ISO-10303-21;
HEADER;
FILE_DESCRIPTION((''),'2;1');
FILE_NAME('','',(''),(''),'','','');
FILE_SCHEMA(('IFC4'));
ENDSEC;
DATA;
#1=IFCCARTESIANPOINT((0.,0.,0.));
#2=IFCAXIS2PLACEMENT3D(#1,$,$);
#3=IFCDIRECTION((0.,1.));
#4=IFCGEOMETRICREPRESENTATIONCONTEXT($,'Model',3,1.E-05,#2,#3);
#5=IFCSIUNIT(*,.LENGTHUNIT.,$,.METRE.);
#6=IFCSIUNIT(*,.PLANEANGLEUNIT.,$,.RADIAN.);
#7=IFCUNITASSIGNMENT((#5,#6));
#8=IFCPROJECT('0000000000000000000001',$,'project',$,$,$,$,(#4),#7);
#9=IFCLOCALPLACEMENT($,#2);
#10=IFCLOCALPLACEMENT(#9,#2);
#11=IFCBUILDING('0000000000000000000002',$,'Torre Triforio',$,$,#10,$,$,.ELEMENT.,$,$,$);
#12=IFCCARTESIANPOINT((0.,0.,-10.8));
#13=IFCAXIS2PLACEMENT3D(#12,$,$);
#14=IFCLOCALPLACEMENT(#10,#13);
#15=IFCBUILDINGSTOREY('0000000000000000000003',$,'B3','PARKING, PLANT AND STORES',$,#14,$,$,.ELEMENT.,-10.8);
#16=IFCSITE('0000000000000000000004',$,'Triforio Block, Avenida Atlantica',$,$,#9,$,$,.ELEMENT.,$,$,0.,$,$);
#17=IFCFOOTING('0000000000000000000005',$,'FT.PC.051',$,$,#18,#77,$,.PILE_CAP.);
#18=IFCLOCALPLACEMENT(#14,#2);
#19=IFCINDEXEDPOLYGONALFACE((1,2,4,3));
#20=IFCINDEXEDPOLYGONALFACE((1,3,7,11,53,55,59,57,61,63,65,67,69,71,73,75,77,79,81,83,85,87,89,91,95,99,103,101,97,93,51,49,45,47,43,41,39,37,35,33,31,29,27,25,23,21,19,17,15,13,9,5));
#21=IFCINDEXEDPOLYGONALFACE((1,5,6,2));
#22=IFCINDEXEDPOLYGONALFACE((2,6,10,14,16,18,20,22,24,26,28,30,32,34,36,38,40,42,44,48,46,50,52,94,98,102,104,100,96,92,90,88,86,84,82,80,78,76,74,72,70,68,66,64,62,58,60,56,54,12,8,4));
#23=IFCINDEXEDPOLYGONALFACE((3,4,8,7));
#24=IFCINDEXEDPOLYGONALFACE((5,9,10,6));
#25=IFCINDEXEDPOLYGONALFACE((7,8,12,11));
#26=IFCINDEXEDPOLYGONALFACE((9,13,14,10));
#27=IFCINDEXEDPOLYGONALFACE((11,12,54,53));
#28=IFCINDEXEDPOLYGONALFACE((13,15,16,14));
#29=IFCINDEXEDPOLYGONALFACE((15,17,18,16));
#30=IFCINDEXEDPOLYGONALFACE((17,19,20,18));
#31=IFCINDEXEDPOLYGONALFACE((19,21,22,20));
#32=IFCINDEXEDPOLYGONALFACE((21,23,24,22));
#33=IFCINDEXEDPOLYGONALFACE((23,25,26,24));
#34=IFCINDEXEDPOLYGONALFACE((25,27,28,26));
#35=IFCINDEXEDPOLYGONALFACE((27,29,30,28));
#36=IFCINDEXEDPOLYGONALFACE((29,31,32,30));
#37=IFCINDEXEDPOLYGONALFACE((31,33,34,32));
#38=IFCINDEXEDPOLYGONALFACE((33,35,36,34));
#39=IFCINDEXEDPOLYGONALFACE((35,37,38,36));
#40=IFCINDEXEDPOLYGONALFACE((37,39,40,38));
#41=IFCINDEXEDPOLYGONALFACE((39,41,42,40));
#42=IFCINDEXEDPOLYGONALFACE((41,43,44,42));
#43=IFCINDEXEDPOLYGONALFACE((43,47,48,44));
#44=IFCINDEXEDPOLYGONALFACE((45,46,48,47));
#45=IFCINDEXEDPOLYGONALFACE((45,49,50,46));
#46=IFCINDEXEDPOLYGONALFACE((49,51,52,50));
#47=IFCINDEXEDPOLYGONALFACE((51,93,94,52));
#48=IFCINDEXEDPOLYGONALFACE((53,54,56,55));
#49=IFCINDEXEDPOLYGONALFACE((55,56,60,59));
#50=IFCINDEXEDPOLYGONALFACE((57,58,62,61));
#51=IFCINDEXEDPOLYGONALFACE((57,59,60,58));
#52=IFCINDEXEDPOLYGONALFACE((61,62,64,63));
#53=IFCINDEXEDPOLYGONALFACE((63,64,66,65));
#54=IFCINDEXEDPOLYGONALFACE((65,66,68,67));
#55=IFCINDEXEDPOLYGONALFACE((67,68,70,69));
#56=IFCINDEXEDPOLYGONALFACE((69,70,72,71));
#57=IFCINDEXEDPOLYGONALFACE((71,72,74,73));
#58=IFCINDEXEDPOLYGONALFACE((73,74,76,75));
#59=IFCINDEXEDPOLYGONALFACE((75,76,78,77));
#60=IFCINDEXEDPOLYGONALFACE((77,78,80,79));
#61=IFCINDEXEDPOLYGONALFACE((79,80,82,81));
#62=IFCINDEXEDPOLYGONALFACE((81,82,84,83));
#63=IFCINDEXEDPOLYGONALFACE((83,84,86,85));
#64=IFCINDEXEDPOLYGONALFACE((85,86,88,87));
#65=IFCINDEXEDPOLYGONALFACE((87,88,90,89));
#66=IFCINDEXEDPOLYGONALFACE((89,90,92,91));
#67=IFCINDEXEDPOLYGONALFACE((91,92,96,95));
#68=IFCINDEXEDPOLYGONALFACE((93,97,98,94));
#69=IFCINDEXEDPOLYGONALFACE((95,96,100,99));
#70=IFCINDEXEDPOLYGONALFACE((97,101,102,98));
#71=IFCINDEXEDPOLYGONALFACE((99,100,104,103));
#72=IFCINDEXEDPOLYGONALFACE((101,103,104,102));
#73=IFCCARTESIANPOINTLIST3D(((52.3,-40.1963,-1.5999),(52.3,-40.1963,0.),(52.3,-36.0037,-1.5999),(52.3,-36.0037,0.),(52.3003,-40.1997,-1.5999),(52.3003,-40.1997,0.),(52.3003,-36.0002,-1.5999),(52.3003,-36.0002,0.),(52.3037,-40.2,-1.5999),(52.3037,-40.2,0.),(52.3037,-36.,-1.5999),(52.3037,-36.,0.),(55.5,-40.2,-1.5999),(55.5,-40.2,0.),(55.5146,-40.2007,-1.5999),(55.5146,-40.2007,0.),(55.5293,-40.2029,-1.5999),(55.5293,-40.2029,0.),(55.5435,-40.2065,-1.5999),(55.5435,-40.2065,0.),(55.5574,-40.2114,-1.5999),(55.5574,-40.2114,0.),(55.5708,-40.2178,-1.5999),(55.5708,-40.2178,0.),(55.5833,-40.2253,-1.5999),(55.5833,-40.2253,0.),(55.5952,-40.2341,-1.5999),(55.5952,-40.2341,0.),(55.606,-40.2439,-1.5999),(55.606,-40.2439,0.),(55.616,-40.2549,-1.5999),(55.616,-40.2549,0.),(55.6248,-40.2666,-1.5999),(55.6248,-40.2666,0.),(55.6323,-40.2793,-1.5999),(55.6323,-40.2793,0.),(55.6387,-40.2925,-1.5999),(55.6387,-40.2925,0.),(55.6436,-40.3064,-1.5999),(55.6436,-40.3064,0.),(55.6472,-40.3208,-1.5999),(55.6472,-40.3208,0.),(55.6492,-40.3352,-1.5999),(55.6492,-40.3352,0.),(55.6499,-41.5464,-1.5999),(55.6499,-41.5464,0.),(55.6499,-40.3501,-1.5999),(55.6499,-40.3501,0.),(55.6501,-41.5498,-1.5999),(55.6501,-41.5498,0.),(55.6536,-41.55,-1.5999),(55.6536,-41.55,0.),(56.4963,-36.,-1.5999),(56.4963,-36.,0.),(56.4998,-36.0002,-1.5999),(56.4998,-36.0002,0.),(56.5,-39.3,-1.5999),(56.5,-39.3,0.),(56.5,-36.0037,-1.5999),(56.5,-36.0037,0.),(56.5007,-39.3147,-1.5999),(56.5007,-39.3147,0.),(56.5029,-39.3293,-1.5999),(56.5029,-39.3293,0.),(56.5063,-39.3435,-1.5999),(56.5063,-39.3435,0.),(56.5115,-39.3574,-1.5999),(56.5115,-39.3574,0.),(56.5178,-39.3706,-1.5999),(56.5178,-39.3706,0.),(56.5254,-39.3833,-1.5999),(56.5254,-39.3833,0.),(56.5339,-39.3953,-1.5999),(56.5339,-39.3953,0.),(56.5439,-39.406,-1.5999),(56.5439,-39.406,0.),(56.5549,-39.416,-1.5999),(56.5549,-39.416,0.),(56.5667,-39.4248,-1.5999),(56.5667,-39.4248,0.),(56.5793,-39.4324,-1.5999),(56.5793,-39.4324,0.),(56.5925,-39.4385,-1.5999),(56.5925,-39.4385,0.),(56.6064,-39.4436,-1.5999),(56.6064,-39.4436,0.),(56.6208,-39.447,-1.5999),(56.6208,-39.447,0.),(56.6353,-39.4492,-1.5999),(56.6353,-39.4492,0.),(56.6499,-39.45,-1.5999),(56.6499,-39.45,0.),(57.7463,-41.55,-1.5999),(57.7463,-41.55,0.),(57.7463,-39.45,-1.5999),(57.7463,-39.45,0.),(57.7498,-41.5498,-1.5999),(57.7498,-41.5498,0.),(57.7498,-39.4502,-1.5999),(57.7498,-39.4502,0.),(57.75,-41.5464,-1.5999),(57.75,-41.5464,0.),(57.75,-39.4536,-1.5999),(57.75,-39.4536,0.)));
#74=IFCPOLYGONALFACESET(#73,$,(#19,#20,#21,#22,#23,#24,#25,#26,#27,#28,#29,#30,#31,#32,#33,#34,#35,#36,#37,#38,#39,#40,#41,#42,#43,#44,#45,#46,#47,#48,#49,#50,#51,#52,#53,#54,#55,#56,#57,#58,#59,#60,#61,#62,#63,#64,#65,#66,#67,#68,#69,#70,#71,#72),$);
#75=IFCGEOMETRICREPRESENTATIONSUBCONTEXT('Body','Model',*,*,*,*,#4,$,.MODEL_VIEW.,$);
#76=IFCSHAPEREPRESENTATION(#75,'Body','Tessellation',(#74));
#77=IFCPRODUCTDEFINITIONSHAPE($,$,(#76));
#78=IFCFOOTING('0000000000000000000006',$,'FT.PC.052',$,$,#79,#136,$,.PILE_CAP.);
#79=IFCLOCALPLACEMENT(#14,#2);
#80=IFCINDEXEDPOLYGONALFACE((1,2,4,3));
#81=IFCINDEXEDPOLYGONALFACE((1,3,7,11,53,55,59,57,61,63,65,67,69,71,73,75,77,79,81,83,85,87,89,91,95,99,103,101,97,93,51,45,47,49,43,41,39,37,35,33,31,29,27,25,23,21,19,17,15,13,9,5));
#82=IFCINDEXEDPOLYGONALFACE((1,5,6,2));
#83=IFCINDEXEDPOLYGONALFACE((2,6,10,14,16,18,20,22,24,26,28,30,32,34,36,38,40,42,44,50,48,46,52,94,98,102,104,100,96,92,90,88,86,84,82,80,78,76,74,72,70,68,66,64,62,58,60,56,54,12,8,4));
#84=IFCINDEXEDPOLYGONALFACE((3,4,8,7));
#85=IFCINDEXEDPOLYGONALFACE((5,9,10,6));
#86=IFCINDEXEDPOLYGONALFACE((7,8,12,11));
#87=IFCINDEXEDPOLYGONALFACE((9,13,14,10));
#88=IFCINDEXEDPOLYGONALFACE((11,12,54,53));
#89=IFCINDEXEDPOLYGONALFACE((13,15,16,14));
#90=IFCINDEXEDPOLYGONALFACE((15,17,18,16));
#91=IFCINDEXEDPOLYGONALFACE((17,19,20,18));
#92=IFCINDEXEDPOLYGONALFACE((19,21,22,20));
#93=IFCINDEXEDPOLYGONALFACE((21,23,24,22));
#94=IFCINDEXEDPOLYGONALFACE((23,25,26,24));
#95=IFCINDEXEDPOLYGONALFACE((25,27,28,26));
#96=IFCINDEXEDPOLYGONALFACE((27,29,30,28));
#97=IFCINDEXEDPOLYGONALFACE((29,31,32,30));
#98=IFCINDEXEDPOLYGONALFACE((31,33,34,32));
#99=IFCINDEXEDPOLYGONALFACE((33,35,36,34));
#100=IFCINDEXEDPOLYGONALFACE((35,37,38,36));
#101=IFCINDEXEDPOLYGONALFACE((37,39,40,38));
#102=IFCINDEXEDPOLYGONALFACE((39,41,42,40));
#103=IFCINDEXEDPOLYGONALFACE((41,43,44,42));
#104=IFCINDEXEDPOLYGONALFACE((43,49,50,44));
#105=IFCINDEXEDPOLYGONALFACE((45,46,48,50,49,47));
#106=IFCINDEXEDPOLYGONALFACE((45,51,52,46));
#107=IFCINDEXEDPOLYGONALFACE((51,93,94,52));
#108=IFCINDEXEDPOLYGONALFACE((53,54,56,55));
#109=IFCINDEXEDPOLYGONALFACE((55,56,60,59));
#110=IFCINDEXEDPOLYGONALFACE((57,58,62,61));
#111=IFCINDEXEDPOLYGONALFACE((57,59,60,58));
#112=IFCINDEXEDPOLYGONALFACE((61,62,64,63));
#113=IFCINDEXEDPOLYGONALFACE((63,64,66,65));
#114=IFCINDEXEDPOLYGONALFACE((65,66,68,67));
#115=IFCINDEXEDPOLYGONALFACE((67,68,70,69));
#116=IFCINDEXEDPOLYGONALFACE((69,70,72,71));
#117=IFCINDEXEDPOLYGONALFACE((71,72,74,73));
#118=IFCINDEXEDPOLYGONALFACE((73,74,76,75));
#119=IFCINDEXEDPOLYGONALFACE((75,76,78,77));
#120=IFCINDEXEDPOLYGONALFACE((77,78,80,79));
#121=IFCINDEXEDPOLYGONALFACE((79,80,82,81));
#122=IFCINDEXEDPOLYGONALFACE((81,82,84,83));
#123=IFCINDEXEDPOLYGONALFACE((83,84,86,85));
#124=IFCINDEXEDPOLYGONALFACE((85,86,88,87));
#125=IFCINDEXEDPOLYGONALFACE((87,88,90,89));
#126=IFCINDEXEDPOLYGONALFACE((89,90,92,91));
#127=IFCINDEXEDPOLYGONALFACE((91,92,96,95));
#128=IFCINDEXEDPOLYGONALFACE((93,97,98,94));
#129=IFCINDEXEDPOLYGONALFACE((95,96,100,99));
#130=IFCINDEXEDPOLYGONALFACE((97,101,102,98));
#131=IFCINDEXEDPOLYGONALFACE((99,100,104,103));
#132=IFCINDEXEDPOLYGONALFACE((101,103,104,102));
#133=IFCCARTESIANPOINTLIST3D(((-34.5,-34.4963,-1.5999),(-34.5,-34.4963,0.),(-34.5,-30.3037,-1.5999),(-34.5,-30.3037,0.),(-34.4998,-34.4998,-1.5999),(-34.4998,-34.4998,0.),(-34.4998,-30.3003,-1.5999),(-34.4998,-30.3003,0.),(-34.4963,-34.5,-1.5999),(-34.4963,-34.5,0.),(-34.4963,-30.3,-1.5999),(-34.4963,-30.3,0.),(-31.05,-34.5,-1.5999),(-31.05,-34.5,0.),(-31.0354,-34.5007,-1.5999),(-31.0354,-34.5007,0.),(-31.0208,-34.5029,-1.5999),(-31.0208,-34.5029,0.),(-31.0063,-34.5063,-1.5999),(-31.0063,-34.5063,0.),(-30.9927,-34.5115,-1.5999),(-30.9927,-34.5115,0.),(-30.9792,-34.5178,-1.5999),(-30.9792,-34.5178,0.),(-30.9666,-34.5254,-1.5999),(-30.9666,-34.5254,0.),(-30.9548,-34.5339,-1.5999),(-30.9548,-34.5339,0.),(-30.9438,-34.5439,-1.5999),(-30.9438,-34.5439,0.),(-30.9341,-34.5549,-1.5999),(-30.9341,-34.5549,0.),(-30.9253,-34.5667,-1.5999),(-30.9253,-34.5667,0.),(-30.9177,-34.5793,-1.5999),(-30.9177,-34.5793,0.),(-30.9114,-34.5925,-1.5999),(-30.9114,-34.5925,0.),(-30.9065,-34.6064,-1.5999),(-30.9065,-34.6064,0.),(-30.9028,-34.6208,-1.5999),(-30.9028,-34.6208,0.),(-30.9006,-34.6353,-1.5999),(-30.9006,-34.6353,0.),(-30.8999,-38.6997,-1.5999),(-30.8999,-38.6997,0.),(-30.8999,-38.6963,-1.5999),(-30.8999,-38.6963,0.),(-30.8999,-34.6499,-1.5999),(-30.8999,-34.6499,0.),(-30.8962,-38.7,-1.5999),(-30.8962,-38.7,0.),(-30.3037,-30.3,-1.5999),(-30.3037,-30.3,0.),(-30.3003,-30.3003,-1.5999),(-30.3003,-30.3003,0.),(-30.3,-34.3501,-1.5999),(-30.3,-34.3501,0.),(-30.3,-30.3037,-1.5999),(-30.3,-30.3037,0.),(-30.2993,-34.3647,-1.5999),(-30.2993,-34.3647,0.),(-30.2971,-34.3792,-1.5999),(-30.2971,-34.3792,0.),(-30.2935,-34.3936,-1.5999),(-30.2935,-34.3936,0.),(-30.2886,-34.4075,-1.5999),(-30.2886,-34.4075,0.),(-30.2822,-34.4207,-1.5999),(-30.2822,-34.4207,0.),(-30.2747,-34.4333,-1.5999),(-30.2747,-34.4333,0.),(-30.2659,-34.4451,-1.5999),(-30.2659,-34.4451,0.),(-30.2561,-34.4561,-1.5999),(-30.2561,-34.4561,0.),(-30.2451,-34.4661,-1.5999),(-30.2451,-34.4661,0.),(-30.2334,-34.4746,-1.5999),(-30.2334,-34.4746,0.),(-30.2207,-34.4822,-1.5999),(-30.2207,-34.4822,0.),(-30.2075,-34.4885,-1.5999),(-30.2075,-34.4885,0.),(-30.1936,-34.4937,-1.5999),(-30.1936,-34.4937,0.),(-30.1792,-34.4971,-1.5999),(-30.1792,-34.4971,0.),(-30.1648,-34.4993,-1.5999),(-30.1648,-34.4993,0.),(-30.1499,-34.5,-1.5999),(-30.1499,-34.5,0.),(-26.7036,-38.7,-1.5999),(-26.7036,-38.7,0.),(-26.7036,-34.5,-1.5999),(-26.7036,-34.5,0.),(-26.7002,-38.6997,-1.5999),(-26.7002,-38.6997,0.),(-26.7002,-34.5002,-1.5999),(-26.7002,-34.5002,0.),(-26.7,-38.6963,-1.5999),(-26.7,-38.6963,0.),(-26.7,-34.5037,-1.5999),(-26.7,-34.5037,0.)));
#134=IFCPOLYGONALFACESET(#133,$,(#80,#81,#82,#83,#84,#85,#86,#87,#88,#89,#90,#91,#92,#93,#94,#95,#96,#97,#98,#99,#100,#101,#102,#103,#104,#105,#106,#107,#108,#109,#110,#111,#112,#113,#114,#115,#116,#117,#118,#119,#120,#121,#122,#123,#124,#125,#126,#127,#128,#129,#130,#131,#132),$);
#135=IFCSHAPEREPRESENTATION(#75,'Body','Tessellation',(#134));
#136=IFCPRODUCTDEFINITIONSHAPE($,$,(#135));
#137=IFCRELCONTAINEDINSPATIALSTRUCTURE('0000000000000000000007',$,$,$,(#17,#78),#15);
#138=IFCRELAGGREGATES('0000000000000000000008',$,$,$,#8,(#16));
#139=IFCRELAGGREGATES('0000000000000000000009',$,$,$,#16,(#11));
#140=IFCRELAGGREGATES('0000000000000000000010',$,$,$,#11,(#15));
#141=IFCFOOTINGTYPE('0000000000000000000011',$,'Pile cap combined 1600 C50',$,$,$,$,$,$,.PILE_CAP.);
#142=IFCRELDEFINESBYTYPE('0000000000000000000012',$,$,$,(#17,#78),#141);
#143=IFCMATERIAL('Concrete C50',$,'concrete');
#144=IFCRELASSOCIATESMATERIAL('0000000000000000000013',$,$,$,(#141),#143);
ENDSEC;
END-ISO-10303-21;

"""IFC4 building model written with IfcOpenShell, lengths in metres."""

from ifc_helpers import new_model, si_unit, direction, frame, origin, place, context, subcontext, project, spatial, polyline, outline, extrude, material, type_object, element, save


model = new_model("IFC4")

# Units and contexts
model_context = context("Model", 3, precision=1e-05, world=origin(), true_north=direction((0.0, 1.0)))
body_context = subcontext(model_context, "Body", "Model", "MODEL_VIEW")
ifc_project = project(units=[si_unit("LENGTHUNIT", "METRE"), si_unit("PLANEANGLEUNIT", "RADIAN")], contexts=[model_context])

# Site, building, storey
site_placement = place(None, origin())
site = spatial("IfcSite", under=ifc_project, at=site_placement, Name="Triforio Block, Avenida Atlantica", CompositionType="ELEMENT", RefElevation=0.0)
building_placement = place(site_placement, origin())
building = spatial("IfcBuilding", under=site, at=building_placement, Name="Torre Triforio", CompositionType="ELEMENT")
storey_placement = place(building_placement, frame((0.0, 0.0, -10.8)))
storey = spatial("IfcBuildingStorey", under=building, at=storey_placement, Name="B3", Description="PARKING, PLANT AND STORES", CompositionType="ELEMENT", Elevation=-10.8)

# Footings
ifc_material_1 = material(Name="Concrete C50", Category="concrete")
footing_type_1 = type_object("IfcFootingType", Name="Pile cap combined 1600 C50", PredefinedType="PILE_CAP", material=ifc_material_1)
footing_1_placement = place(storey_placement, frame((0.0, 0.0, -1.5999)))
element("IfcFooting", 1, at=footing_1_placement, inside=storey, type_object=footing_type_1, Name="FT.PC.051", PredefinedType="PILE_CAP", context=body_context, shape_type="SweptSolid", body=[
    extrude(outline(polyline([(52.3003, -40.1997), (52.3037, -40.2), (55.5, -40.2), (55.5146, -40.2007), (55.5293, -40.2029), (55.5435, -40.2065), (55.5574, -40.2114), (55.5708, -40.2178), (55.5833, -40.2253), (55.5952, -40.2341), (55.606, -40.2439), (55.616, -40.2549), (55.6248, -40.2666), (55.6323, -40.2793), (55.6387, -40.2925), (55.6436, -40.3064), (55.6472, -40.3208), (55.6492, -40.3352), (55.6499, -40.3501), (55.6499, -41.5464), (55.6501, -41.5498), (55.6536, -41.55), (57.7463, -41.55), (57.7498, -41.5498), (57.75, -41.5464), (57.75, -39.4536), (57.7498, -39.4502), (57.7463, -39.45), (56.6499, -39.45), (56.6353, -39.4492), (56.6208, -39.447), (56.6064, -39.4436), (56.5925, -39.4385), (56.5793, -39.4324), (56.5667, -39.4248), (56.5549, -39.416), (56.5439, -39.406), (56.5339, -39.3953), (56.5254, -39.3833), (56.5178, -39.3706), (56.5115, -39.3574), (56.5063, -39.3435), (56.5029, -39.3293), (56.5007, -39.3147), (56.5, -39.3), (56.5, -36.0037), (56.4998, -36.0002), (56.4963, -36.0), (52.3037, -36.0), (52.3003, -36.0002), (52.3, -36.0037), (52.3, -40.1963), (52.3003, -40.1997)])), origin(), (0.0, 0.0, 1.0), 1.5999),
])
footing_2_placement = place(storey_placement, frame((0.0, 0.0, -1.5999)))
element("IfcFooting", 2, at=footing_2_placement, inside=storey, type_object=footing_type_1, Name="FT.PC.052", PredefinedType="PILE_CAP", context=body_context, shape_type="SweptSolid", body=[
    extrude(outline(polyline([(-34.4998, -30.3003), (-34.5, -30.3037), (-34.5, -34.4963), (-34.4998, -34.4998), (-34.4963, -34.5), (-31.05, -34.5), (-31.0354, -34.5007), (-31.0208, -34.5029), (-31.0063, -34.5063), (-30.9927, -34.5115), (-30.9792, -34.5178), (-30.9666, -34.5254), (-30.9548, -34.5339), (-30.9438, -34.5439), (-30.9341, -34.5549), (-30.9253, -34.5667), (-30.9177, -34.5793), (-30.9114, -34.5925), (-30.9065, -34.6064), (-30.9028, -34.6208), (-30.9006, -34.6353), (-30.8999, -34.6499), (-30.8999, -38.6963), (-30.8999, -38.6997), (-30.8962, -38.7), (-26.7036, -38.7), (-26.7002, -38.6997), (-26.7, -38.6963), (-26.7, -34.5037), (-26.7002, -34.5002), (-26.7036, -34.5), (-30.1499, -34.5), (-30.1648, -34.4993), (-30.1792, -34.4971), (-30.1936, -34.4937), (-30.2075, -34.4885), (-30.2207, -34.4822), (-30.2334, -34.4746), (-30.2451, -34.4661), (-30.2561, -34.4561), (-30.2659, -34.4451), (-30.2747, -34.4333), (-30.2822, -34.4207), (-30.2886, -34.4075), (-30.2935, -34.3936), (-30.2971, -34.3792), (-30.2993, -34.3647), (-30.3, -34.3501), (-30.3, -30.3037), (-30.3003, -30.3003), (-30.3037, -30.3), (-34.4963, -30.3), (-34.4998, -30.3003)])), origin(), (0.0, 0.0, 1.0), 1.5999),
])

save(model, "model.ifc")
